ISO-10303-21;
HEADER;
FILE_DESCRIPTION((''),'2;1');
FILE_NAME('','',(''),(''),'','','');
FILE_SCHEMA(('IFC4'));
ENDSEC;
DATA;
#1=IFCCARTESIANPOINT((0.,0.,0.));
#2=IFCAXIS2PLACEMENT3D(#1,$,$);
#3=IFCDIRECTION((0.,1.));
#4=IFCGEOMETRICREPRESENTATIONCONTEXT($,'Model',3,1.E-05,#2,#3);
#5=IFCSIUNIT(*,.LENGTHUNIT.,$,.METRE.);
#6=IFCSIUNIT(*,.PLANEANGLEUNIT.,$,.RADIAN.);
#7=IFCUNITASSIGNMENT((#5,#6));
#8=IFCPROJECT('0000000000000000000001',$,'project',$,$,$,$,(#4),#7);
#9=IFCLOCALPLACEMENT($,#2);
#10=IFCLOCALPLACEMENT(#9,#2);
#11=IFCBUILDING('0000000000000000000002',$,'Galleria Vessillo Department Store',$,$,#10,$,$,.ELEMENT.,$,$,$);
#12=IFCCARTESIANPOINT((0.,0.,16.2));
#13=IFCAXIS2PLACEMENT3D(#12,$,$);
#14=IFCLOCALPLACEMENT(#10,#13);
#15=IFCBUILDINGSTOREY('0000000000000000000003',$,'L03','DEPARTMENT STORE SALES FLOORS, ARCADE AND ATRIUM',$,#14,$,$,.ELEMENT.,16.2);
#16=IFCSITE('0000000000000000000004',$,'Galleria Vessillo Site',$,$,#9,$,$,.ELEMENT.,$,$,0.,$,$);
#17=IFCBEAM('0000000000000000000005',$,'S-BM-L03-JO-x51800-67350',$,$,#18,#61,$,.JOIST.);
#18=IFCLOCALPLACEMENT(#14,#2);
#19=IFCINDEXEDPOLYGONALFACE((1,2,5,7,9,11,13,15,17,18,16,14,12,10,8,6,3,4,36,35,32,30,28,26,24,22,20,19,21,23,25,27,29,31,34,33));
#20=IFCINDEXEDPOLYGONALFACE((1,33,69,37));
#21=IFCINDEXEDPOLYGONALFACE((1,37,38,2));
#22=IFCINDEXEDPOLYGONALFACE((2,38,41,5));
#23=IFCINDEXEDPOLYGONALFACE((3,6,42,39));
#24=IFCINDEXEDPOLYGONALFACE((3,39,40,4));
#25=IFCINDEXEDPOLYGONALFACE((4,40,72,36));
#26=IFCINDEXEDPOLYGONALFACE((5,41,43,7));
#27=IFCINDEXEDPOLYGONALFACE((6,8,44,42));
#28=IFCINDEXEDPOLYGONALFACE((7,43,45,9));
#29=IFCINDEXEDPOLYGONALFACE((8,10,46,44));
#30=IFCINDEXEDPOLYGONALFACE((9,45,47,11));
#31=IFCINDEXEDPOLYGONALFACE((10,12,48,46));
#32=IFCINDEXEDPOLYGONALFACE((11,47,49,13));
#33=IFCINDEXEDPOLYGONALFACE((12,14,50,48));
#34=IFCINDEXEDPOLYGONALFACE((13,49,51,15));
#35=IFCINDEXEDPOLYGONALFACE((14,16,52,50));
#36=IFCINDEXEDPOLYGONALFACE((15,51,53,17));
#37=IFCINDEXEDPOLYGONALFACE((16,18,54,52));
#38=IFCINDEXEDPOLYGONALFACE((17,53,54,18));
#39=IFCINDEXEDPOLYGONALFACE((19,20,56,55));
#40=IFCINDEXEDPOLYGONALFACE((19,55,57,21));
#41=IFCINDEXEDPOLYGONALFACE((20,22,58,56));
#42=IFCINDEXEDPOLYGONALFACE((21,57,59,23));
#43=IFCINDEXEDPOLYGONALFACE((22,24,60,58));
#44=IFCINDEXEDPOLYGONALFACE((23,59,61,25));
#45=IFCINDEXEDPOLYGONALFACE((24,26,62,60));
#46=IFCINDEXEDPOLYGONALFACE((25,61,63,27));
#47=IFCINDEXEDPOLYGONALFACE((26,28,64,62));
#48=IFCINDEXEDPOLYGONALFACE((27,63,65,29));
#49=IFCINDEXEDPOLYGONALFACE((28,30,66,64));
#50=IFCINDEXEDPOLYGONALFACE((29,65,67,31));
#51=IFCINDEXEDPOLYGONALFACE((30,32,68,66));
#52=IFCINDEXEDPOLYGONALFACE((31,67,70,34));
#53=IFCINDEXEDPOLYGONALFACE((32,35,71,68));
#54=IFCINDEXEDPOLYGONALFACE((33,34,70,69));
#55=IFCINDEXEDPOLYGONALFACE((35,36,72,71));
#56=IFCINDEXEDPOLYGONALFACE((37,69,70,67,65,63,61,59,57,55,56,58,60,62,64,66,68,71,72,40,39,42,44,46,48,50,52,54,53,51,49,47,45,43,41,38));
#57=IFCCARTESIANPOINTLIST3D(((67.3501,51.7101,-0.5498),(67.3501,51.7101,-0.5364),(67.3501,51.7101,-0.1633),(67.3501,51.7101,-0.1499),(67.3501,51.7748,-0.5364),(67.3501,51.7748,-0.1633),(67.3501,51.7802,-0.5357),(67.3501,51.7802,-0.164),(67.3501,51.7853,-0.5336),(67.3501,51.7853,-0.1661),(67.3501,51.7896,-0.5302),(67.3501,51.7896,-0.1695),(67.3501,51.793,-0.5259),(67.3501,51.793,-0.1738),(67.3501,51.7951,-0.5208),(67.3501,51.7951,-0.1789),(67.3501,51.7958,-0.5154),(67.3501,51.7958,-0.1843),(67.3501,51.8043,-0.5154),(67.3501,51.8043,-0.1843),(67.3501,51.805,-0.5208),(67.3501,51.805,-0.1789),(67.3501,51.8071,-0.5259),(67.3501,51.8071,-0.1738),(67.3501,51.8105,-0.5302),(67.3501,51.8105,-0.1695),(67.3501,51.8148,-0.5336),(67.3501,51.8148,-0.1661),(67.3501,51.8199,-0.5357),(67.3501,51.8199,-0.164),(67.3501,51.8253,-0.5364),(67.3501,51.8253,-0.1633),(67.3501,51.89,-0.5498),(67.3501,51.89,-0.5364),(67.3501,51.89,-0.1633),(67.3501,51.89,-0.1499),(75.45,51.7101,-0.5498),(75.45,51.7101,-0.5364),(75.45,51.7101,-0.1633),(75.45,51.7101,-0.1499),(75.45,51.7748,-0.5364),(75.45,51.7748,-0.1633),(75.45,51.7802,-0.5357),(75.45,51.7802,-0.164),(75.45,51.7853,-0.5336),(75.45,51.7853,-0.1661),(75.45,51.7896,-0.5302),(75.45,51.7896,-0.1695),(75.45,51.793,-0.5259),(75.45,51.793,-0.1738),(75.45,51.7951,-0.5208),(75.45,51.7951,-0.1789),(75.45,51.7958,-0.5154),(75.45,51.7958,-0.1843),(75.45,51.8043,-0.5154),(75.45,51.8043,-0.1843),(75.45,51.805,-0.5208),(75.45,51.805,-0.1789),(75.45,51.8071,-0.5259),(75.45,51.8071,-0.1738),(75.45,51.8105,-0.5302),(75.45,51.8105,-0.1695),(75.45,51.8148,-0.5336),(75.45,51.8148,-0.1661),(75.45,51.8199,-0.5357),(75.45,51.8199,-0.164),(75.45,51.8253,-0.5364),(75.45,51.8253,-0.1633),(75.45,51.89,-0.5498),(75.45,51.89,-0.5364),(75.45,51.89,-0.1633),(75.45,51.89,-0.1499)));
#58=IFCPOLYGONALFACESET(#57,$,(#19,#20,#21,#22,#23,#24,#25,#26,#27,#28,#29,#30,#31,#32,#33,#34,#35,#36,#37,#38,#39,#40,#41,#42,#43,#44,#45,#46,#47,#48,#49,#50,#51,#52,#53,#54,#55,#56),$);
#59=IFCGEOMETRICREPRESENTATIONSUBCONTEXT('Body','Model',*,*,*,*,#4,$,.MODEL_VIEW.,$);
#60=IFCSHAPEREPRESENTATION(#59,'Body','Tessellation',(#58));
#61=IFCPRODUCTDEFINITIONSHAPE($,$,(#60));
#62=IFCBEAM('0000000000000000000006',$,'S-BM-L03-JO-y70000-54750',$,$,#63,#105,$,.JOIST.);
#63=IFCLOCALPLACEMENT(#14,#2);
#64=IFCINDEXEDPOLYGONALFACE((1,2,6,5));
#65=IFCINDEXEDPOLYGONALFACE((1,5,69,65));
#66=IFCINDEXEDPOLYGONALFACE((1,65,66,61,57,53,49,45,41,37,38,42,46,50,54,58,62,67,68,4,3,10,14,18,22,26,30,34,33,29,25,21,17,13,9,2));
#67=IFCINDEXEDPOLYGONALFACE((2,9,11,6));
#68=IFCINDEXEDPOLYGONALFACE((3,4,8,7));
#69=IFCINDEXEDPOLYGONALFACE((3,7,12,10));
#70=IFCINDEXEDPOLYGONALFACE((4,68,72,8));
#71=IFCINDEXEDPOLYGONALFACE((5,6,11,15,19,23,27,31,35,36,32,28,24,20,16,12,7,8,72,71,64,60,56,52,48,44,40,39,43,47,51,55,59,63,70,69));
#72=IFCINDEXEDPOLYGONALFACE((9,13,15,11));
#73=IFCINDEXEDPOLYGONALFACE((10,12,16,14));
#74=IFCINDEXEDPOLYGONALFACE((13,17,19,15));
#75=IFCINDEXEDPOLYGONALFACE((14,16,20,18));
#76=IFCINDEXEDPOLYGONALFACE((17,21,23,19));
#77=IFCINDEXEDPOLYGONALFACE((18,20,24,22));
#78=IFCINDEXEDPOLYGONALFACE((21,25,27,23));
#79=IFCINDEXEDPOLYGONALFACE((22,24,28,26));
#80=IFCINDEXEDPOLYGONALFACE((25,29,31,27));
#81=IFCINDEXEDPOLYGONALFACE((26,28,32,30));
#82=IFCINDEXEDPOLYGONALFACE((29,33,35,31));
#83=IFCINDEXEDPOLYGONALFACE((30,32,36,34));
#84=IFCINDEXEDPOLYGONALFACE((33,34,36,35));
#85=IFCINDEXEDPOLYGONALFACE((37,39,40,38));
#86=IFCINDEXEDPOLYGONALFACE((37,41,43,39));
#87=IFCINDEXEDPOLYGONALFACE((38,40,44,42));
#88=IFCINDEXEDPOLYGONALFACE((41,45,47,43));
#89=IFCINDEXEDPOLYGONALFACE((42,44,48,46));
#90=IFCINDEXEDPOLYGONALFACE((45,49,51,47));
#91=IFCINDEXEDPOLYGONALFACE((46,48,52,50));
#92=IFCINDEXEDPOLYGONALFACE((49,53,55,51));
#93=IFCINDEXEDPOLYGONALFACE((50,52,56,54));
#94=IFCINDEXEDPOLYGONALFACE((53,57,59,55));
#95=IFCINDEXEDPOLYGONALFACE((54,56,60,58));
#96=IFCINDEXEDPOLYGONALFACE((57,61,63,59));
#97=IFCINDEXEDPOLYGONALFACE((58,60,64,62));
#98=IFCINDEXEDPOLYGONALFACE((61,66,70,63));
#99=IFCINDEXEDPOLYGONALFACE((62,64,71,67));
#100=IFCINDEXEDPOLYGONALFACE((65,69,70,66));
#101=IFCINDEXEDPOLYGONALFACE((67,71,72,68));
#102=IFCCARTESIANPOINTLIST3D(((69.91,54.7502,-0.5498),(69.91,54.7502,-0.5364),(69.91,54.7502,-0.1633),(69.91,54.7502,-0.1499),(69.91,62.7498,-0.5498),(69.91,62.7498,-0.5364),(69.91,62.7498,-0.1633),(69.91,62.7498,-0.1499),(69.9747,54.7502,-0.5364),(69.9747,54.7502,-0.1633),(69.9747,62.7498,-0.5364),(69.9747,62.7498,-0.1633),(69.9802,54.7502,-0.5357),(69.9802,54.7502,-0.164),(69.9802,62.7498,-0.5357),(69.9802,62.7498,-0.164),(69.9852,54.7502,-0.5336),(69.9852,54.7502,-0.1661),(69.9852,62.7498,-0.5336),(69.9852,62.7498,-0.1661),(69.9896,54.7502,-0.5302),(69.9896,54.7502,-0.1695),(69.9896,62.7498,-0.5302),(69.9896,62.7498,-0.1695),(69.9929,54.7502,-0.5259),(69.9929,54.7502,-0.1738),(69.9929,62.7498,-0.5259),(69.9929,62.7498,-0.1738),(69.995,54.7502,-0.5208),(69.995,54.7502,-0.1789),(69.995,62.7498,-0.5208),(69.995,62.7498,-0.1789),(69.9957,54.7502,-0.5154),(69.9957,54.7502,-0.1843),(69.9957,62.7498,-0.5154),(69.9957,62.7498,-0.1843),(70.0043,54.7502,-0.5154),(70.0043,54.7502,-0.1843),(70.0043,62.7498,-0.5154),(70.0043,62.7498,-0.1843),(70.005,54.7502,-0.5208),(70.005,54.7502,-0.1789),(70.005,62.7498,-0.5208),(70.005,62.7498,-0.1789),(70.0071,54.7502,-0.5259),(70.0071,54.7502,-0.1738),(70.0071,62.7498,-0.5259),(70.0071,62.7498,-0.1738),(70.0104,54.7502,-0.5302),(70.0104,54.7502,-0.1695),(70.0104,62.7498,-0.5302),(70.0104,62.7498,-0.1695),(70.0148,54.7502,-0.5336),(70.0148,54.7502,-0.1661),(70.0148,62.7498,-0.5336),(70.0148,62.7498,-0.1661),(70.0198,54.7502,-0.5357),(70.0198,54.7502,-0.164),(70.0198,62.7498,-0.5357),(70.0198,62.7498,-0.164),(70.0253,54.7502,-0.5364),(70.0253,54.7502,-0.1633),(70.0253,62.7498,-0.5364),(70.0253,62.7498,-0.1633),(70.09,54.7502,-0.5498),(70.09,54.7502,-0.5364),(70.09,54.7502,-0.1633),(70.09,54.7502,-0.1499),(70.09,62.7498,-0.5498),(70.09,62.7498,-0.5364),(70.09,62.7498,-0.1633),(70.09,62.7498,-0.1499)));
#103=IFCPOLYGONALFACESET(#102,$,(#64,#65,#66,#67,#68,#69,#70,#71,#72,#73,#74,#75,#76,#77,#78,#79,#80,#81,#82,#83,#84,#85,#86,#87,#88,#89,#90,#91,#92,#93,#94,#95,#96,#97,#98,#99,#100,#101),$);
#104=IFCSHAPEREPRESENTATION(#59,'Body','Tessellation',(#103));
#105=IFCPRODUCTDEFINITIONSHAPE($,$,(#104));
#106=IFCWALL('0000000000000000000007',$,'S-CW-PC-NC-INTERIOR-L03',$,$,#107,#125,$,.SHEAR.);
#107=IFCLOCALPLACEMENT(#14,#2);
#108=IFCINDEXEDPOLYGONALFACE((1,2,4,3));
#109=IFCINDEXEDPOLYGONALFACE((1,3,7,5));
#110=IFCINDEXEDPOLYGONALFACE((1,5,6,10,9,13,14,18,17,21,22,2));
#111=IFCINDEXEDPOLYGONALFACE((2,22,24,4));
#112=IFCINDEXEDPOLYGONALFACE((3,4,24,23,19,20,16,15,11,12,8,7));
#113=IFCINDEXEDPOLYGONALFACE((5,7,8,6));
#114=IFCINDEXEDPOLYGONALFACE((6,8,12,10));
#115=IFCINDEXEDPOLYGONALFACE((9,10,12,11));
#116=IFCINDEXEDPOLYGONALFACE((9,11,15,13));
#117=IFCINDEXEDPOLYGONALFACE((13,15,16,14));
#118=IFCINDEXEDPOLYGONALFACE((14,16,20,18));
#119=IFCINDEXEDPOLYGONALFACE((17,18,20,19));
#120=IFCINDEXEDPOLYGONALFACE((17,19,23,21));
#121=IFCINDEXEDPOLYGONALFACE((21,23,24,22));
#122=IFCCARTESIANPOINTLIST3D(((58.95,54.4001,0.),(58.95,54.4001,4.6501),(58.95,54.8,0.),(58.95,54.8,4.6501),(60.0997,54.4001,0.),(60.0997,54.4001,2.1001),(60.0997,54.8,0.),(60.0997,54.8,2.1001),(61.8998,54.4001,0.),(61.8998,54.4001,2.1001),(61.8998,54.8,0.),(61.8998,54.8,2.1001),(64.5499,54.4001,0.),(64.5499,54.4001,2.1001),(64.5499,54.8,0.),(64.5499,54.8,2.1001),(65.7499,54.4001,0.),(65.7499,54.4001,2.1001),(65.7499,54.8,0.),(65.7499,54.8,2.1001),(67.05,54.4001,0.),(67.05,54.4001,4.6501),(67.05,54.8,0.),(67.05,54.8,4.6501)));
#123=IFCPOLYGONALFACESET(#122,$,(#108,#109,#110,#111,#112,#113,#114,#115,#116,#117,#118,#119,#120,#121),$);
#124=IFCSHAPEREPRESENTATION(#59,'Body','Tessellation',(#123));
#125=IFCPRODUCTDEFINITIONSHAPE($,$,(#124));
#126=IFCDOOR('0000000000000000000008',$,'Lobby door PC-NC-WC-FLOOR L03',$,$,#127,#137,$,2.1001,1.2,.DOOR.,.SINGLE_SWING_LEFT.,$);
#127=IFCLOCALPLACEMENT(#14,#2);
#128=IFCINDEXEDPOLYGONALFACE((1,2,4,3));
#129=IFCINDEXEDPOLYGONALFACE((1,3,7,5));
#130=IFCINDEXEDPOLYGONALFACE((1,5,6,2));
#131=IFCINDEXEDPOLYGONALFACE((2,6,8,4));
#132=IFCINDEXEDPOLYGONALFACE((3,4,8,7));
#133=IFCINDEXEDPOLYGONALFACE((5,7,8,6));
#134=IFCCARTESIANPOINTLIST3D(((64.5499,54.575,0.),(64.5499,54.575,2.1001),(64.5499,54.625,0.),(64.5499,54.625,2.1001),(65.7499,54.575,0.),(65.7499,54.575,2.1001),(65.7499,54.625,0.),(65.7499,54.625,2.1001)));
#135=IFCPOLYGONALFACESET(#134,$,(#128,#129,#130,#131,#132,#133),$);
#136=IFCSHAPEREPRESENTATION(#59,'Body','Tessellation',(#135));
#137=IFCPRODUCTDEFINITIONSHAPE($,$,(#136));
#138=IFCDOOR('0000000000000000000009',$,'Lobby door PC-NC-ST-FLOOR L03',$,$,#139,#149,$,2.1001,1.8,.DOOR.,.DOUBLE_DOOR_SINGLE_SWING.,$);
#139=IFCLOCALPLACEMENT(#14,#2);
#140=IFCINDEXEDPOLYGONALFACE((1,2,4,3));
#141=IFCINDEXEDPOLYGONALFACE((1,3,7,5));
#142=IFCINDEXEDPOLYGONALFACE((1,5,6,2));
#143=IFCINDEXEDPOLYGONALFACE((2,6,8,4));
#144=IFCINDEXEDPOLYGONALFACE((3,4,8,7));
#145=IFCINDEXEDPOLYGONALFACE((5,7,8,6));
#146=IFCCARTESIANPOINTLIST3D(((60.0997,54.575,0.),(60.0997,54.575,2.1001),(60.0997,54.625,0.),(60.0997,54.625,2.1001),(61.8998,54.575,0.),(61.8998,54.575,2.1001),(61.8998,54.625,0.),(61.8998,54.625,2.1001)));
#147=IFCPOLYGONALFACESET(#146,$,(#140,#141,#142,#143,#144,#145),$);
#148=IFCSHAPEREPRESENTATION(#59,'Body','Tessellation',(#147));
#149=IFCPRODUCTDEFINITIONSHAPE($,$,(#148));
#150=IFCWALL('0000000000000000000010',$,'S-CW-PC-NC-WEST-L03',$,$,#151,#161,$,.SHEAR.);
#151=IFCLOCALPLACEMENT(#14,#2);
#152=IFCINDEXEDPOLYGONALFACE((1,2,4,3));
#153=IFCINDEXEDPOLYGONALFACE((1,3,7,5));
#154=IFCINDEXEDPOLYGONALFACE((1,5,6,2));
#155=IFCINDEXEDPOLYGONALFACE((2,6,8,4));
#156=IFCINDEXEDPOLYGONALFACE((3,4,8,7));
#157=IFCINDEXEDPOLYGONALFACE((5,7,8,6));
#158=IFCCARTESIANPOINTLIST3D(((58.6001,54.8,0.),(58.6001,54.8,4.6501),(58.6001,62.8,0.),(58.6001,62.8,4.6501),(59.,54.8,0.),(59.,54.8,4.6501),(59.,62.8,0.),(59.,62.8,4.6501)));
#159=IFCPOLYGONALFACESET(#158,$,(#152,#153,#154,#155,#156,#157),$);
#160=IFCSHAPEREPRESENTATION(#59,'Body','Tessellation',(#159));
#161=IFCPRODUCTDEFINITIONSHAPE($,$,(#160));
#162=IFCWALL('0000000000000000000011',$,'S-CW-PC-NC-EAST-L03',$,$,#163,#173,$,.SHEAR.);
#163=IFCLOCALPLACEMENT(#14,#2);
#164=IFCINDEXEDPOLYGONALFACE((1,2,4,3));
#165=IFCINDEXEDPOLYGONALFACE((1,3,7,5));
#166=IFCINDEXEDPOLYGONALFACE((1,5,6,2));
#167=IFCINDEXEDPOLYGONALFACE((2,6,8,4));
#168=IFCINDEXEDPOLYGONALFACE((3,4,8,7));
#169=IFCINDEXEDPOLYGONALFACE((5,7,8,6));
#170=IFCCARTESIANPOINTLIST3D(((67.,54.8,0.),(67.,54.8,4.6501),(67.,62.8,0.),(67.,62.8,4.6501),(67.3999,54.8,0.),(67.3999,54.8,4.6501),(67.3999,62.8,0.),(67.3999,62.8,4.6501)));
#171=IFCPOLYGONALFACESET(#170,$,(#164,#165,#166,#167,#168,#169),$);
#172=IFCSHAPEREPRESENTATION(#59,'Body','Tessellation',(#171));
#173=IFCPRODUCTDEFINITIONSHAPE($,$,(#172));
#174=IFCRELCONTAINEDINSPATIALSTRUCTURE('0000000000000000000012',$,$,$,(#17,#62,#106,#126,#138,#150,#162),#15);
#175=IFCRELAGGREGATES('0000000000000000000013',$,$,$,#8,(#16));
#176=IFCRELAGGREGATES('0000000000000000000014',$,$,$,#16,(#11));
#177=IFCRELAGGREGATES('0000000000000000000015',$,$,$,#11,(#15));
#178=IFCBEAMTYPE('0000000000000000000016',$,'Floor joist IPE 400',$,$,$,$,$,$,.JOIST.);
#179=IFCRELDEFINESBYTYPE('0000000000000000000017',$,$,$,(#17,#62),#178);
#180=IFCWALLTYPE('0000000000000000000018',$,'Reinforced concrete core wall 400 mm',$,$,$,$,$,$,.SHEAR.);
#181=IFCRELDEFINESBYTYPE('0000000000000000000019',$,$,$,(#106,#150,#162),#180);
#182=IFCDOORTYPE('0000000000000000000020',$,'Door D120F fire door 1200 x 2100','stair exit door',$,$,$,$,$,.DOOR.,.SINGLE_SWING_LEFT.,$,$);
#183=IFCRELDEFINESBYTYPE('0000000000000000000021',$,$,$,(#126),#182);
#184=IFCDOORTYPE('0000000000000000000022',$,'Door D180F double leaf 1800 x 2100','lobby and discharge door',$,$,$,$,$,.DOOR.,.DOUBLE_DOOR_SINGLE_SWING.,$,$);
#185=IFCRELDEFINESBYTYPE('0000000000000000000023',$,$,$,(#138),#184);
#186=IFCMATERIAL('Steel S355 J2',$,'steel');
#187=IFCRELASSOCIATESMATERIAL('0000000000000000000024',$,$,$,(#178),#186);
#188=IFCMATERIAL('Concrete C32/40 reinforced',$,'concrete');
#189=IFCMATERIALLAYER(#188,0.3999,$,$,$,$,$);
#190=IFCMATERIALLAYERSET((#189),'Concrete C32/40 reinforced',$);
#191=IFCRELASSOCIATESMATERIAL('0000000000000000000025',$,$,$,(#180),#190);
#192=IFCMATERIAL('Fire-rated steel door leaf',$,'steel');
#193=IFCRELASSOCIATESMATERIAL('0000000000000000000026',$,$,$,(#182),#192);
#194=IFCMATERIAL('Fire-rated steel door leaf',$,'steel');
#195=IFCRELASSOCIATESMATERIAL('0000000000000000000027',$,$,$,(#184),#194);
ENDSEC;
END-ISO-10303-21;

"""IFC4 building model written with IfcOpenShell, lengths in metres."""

from ifc_helpers import new_model, si_unit, direction, frame, frame_2d, origin, origin_2d, place, context, subcontext, project, spatial, rectangle, i_section, extrude, material, layer, layer_set, material_profile, profile_set, type_object, element, fill, save


model = new_model("IFC4")

# Units and contexts
model_context = context("Model", 3, precision=1e-05, world=origin(), true_north=direction((0.0, 1.0)))
body_context = subcontext(model_context, "Body", "Model", "MODEL_VIEW")
ifc_project = project(units=[si_unit("LENGTHUNIT", "METRE"), si_unit("PLANEANGLEUNIT", "RADIAN")], contexts=[model_context])

# Site, building, storey
site_placement = place(None, origin())
site = spatial("IfcSite", under=ifc_project, at=site_placement, Name="Galleria Vessillo Site", CompositionType="ELEMENT", RefElevation=0.0)
building_placement = place(site_placement, origin())
building = spatial("IfcBuilding", under=site, at=building_placement, Name="Galleria Vessillo Department Store", CompositionType="ELEMENT")
storey_placement = place(building_placement, frame((0.0, 0.0, 16.2)))
storey = spatial("IfcBuildingStorey", under=building, at=storey_placement, Name="L03", Description="DEPARTMENT STORE SALES FLOORS, ARCADE AND ATRIUM", CompositionType="ELEMENT", Elevation=16.2)

# Beams
ifc_material_1 = material(Name="Steel S355 J2", Category="steel")
ifc_material_profile_1 = material_profile(ifc_material_1, i_section(OverallWidth=0.1799, OverallDepth=0.3999, WebThickness=0.0085, FlangeThickness=0.0134, FilletRadius=0.021, at=origin_2d()), Name="IPE 400")
ifc_profile_set_1 = profile_set([ifc_material_profile_1], Name="Steel S355 J2")
beam_type_1 = type_object("IfcBeamType", Name="Floor joist IPE 400", PredefinedType="JOIST", material=ifc_profile_set_1)
for number, where, z_axis, x_axis, name in (
    (1, (67.3501, 51.8, -0.3499), (1.0, 0.0, 0.0), (0.0, 1.0, 0.0), "S-BM-L03-JO-x51800-67350"),
):
    element("IfcBeam", number, at=place(storey_placement, frame(where, z_axis=z_axis, x_axis=x_axis)), inside=storey, type_object=beam_type_1, Name=name, PredefinedType="JOIST", context=body_context, shape_type="SweptSolid", body=[
        extrude(i_section(OverallWidth=0.1799, OverallDepth=0.3999, WebThickness=0.0085, FlangeThickness=0.0134, FilletRadius=0.021, at=origin_2d()), origin(), (0.0, 0.0, 1.0), 8.0999),
    ])
beam_1_placement = place(storey_placement, frame((70.0, 54.7502, -0.3499), z_axis=(0.0, 1.0, 0.0), x_axis=(-1.0, 0.0, 0.0)))
element("IfcBeam", 2, at=beam_1_placement, inside=storey, type_object=beam_type_1, Name="S-BM-L03-JO-y70000-54750", PredefinedType="JOIST", context=body_context, shape_type="SweptSolid", body=[
    extrude(i_section(OverallWidth=0.1799, OverallDepth=0.3999, WebThickness=0.0085, FlangeThickness=0.0134, FilletRadius=0.021, at=origin_2d()), origin(), (0.0, 0.0, 1.0), 7.9995),
])

# Wall, openings, doors
ifc_material_2 = material(Name="Concrete C32/40 reinforced", Category="concrete")
ifc_layer_1 = layer(ifc_material_2, 0.3999)
ifc_layer_set_1 = layer_set([ifc_layer_1], Name="Concrete C32/40 reinforced")
wall_type_1 = type_object("IfcWallType", Name="Reinforced concrete core wall 400 mm", PredefinedType="SHEAR", material=ifc_layer_set_1)
wall_1_placement = place(storey_placement, frame((58.95, 54.6001, 0.0), z_axis=(0.0, 0.0, 1.0), x_axis=(1.0, 0.0, 0.0)))
wall_1 = element("IfcWall", 3, at=wall_1_placement, inside=storey, type_object=wall_type_1, Name="S-CW-PC-NC-INTERIOR-L03", PredefinedType="SHEAR", context=body_context, shape_type="SweptSolid", body=[
    extrude(rectangle(XDim=8.1001, YDim=0.3999, at=frame_2d((4.05, 0.0))), origin(), (0.0, 0.0, 1.0), 4.6501),
])
opening_1_placement = place(wall_1_placement, frame((1.1499, 0.0, 0.0)))
opening_1 = element("IfcOpeningElement", 4, at=opening_1_placement, cuts=wall_1, PredefinedType="OPENING", context=body_context, shape_type="SweptSolid", body=[
    extrude(rectangle(XDim=1.8, YDim=2.1001, at=frame_2d((0.8999, 1.05))), frame((0.0, 0.21, 0.0), z_axis=(0.0, -1.0, 0.0), x_axis=(1.0, 0.0, 0.0)), (0.0, 0.0, 1.0), 0.4199),
])
opening_2_placement = place(wall_1_placement, frame((5.5999, 0.0, 0.0)))
opening_2 = element("IfcOpeningElement", 5, at=opening_2_placement, cuts=wall_1, PredefinedType="OPENING", context=body_context, shape_type="SweptSolid", body=[
    extrude(rectangle(XDim=1.2, YDim=2.1001, at=frame_2d((0.6001, 1.05))), frame((0.0, 0.21, 0.0), z_axis=(0.0, -1.0, 0.0), x_axis=(1.0, 0.0, 0.0)), (0.0, 0.0, 1.0), 0.4199),
])
ifc_material_3 = material(Name="Fire-rated steel door leaf", Category="steel")
door_type_1 = type_object("IfcDoorType", Name="Door D120F fire door 1200 x 2100", Description="stair exit door", OperationType="SINGLE_SWING_LEFT", PredefinedType="DOOR", material=ifc_material_3)
door_1_placement = place(opening_2_placement, origin())
door_1 = element("IfcDoor", 6, at=door_1_placement, inside=storey, type_object=door_type_1, Name="Lobby door PC-NC-WC-FLOOR L03", OperationType="SINGLE_SWING_LEFT", OverallHeight=2.1001, OverallWidth=1.2, PredefinedType="DOOR", context=body_context, shape_type="SweptSolid", body=[
    extrude(rectangle(XDim=1.2, YDim=2.1001, at=frame_2d((0.6001, 1.05))), frame((0.0, 0.0249, 0.0), z_axis=(0.0, -1.0, 0.0), x_axis=(1.0, 0.0, 0.0)), (0.0, 0.0, 1.0), 0.05),
])
fill(opening_2, door_1)
ifc_material_4 = material(Name="Fire-rated steel door leaf", Category="steel")
door_type_2 = type_object("IfcDoorType", Name="Door D180F double leaf 1800 x 2100", Description="lobby and discharge door", OperationType="DOUBLE_DOOR_SINGLE_SWING", PredefinedType="DOOR", material=ifc_material_4)
door_2_placement = place(opening_1_placement, origin())
door_2 = element("IfcDoor", 7, at=door_2_placement, inside=storey, type_object=door_type_2, Name="Lobby door PC-NC-ST-FLOOR L03", OperationType="DOUBLE_DOOR_SINGLE_SWING", OverallHeight=2.1001, OverallWidth=1.8, PredefinedType="DOOR", context=body_context, shape_type="SweptSolid", body=[
    extrude(rectangle(XDim=1.8, YDim=2.1001, at=frame_2d((0.8999, 1.05))), frame((0.0, 0.0249, 0.0), z_axis=(0.0, -1.0, 0.0), x_axis=(1.0, 0.0, 0.0)), (0.0, 0.0, 1.0), 0.05),
])
fill(opening_1, door_2)

# Walls
for number, where, z_axis, x_axis, name in (
    (8, (58.8, 54.8, 0.0), (0.0, 0.0, 1.0), (0.0, 1.0, 0.0), "S-CW-PC-NC-WEST-L03"),
    (9, (67.2, 54.8, 0.0), (0.0, 0.0, 1.0), (0.0, 1.0, 0.0), "S-CW-PC-NC-EAST-L03"),
):
    element("IfcWall", number, at=place(storey_placement, frame(where, z_axis=z_axis, x_axis=x_axis)), inside=storey, type_object=wall_type_1, Name=name, PredefinedType="SHEAR", context=body_context, shape_type="SweptSolid", body=[
        extrude(rectangle(XDim=8.0, YDim=0.3999, at=frame_2d((4.0, 0.0))), origin(), (0.0, 0.0, 1.0), 4.6501),
    ])

save(model, "model.ifc")
